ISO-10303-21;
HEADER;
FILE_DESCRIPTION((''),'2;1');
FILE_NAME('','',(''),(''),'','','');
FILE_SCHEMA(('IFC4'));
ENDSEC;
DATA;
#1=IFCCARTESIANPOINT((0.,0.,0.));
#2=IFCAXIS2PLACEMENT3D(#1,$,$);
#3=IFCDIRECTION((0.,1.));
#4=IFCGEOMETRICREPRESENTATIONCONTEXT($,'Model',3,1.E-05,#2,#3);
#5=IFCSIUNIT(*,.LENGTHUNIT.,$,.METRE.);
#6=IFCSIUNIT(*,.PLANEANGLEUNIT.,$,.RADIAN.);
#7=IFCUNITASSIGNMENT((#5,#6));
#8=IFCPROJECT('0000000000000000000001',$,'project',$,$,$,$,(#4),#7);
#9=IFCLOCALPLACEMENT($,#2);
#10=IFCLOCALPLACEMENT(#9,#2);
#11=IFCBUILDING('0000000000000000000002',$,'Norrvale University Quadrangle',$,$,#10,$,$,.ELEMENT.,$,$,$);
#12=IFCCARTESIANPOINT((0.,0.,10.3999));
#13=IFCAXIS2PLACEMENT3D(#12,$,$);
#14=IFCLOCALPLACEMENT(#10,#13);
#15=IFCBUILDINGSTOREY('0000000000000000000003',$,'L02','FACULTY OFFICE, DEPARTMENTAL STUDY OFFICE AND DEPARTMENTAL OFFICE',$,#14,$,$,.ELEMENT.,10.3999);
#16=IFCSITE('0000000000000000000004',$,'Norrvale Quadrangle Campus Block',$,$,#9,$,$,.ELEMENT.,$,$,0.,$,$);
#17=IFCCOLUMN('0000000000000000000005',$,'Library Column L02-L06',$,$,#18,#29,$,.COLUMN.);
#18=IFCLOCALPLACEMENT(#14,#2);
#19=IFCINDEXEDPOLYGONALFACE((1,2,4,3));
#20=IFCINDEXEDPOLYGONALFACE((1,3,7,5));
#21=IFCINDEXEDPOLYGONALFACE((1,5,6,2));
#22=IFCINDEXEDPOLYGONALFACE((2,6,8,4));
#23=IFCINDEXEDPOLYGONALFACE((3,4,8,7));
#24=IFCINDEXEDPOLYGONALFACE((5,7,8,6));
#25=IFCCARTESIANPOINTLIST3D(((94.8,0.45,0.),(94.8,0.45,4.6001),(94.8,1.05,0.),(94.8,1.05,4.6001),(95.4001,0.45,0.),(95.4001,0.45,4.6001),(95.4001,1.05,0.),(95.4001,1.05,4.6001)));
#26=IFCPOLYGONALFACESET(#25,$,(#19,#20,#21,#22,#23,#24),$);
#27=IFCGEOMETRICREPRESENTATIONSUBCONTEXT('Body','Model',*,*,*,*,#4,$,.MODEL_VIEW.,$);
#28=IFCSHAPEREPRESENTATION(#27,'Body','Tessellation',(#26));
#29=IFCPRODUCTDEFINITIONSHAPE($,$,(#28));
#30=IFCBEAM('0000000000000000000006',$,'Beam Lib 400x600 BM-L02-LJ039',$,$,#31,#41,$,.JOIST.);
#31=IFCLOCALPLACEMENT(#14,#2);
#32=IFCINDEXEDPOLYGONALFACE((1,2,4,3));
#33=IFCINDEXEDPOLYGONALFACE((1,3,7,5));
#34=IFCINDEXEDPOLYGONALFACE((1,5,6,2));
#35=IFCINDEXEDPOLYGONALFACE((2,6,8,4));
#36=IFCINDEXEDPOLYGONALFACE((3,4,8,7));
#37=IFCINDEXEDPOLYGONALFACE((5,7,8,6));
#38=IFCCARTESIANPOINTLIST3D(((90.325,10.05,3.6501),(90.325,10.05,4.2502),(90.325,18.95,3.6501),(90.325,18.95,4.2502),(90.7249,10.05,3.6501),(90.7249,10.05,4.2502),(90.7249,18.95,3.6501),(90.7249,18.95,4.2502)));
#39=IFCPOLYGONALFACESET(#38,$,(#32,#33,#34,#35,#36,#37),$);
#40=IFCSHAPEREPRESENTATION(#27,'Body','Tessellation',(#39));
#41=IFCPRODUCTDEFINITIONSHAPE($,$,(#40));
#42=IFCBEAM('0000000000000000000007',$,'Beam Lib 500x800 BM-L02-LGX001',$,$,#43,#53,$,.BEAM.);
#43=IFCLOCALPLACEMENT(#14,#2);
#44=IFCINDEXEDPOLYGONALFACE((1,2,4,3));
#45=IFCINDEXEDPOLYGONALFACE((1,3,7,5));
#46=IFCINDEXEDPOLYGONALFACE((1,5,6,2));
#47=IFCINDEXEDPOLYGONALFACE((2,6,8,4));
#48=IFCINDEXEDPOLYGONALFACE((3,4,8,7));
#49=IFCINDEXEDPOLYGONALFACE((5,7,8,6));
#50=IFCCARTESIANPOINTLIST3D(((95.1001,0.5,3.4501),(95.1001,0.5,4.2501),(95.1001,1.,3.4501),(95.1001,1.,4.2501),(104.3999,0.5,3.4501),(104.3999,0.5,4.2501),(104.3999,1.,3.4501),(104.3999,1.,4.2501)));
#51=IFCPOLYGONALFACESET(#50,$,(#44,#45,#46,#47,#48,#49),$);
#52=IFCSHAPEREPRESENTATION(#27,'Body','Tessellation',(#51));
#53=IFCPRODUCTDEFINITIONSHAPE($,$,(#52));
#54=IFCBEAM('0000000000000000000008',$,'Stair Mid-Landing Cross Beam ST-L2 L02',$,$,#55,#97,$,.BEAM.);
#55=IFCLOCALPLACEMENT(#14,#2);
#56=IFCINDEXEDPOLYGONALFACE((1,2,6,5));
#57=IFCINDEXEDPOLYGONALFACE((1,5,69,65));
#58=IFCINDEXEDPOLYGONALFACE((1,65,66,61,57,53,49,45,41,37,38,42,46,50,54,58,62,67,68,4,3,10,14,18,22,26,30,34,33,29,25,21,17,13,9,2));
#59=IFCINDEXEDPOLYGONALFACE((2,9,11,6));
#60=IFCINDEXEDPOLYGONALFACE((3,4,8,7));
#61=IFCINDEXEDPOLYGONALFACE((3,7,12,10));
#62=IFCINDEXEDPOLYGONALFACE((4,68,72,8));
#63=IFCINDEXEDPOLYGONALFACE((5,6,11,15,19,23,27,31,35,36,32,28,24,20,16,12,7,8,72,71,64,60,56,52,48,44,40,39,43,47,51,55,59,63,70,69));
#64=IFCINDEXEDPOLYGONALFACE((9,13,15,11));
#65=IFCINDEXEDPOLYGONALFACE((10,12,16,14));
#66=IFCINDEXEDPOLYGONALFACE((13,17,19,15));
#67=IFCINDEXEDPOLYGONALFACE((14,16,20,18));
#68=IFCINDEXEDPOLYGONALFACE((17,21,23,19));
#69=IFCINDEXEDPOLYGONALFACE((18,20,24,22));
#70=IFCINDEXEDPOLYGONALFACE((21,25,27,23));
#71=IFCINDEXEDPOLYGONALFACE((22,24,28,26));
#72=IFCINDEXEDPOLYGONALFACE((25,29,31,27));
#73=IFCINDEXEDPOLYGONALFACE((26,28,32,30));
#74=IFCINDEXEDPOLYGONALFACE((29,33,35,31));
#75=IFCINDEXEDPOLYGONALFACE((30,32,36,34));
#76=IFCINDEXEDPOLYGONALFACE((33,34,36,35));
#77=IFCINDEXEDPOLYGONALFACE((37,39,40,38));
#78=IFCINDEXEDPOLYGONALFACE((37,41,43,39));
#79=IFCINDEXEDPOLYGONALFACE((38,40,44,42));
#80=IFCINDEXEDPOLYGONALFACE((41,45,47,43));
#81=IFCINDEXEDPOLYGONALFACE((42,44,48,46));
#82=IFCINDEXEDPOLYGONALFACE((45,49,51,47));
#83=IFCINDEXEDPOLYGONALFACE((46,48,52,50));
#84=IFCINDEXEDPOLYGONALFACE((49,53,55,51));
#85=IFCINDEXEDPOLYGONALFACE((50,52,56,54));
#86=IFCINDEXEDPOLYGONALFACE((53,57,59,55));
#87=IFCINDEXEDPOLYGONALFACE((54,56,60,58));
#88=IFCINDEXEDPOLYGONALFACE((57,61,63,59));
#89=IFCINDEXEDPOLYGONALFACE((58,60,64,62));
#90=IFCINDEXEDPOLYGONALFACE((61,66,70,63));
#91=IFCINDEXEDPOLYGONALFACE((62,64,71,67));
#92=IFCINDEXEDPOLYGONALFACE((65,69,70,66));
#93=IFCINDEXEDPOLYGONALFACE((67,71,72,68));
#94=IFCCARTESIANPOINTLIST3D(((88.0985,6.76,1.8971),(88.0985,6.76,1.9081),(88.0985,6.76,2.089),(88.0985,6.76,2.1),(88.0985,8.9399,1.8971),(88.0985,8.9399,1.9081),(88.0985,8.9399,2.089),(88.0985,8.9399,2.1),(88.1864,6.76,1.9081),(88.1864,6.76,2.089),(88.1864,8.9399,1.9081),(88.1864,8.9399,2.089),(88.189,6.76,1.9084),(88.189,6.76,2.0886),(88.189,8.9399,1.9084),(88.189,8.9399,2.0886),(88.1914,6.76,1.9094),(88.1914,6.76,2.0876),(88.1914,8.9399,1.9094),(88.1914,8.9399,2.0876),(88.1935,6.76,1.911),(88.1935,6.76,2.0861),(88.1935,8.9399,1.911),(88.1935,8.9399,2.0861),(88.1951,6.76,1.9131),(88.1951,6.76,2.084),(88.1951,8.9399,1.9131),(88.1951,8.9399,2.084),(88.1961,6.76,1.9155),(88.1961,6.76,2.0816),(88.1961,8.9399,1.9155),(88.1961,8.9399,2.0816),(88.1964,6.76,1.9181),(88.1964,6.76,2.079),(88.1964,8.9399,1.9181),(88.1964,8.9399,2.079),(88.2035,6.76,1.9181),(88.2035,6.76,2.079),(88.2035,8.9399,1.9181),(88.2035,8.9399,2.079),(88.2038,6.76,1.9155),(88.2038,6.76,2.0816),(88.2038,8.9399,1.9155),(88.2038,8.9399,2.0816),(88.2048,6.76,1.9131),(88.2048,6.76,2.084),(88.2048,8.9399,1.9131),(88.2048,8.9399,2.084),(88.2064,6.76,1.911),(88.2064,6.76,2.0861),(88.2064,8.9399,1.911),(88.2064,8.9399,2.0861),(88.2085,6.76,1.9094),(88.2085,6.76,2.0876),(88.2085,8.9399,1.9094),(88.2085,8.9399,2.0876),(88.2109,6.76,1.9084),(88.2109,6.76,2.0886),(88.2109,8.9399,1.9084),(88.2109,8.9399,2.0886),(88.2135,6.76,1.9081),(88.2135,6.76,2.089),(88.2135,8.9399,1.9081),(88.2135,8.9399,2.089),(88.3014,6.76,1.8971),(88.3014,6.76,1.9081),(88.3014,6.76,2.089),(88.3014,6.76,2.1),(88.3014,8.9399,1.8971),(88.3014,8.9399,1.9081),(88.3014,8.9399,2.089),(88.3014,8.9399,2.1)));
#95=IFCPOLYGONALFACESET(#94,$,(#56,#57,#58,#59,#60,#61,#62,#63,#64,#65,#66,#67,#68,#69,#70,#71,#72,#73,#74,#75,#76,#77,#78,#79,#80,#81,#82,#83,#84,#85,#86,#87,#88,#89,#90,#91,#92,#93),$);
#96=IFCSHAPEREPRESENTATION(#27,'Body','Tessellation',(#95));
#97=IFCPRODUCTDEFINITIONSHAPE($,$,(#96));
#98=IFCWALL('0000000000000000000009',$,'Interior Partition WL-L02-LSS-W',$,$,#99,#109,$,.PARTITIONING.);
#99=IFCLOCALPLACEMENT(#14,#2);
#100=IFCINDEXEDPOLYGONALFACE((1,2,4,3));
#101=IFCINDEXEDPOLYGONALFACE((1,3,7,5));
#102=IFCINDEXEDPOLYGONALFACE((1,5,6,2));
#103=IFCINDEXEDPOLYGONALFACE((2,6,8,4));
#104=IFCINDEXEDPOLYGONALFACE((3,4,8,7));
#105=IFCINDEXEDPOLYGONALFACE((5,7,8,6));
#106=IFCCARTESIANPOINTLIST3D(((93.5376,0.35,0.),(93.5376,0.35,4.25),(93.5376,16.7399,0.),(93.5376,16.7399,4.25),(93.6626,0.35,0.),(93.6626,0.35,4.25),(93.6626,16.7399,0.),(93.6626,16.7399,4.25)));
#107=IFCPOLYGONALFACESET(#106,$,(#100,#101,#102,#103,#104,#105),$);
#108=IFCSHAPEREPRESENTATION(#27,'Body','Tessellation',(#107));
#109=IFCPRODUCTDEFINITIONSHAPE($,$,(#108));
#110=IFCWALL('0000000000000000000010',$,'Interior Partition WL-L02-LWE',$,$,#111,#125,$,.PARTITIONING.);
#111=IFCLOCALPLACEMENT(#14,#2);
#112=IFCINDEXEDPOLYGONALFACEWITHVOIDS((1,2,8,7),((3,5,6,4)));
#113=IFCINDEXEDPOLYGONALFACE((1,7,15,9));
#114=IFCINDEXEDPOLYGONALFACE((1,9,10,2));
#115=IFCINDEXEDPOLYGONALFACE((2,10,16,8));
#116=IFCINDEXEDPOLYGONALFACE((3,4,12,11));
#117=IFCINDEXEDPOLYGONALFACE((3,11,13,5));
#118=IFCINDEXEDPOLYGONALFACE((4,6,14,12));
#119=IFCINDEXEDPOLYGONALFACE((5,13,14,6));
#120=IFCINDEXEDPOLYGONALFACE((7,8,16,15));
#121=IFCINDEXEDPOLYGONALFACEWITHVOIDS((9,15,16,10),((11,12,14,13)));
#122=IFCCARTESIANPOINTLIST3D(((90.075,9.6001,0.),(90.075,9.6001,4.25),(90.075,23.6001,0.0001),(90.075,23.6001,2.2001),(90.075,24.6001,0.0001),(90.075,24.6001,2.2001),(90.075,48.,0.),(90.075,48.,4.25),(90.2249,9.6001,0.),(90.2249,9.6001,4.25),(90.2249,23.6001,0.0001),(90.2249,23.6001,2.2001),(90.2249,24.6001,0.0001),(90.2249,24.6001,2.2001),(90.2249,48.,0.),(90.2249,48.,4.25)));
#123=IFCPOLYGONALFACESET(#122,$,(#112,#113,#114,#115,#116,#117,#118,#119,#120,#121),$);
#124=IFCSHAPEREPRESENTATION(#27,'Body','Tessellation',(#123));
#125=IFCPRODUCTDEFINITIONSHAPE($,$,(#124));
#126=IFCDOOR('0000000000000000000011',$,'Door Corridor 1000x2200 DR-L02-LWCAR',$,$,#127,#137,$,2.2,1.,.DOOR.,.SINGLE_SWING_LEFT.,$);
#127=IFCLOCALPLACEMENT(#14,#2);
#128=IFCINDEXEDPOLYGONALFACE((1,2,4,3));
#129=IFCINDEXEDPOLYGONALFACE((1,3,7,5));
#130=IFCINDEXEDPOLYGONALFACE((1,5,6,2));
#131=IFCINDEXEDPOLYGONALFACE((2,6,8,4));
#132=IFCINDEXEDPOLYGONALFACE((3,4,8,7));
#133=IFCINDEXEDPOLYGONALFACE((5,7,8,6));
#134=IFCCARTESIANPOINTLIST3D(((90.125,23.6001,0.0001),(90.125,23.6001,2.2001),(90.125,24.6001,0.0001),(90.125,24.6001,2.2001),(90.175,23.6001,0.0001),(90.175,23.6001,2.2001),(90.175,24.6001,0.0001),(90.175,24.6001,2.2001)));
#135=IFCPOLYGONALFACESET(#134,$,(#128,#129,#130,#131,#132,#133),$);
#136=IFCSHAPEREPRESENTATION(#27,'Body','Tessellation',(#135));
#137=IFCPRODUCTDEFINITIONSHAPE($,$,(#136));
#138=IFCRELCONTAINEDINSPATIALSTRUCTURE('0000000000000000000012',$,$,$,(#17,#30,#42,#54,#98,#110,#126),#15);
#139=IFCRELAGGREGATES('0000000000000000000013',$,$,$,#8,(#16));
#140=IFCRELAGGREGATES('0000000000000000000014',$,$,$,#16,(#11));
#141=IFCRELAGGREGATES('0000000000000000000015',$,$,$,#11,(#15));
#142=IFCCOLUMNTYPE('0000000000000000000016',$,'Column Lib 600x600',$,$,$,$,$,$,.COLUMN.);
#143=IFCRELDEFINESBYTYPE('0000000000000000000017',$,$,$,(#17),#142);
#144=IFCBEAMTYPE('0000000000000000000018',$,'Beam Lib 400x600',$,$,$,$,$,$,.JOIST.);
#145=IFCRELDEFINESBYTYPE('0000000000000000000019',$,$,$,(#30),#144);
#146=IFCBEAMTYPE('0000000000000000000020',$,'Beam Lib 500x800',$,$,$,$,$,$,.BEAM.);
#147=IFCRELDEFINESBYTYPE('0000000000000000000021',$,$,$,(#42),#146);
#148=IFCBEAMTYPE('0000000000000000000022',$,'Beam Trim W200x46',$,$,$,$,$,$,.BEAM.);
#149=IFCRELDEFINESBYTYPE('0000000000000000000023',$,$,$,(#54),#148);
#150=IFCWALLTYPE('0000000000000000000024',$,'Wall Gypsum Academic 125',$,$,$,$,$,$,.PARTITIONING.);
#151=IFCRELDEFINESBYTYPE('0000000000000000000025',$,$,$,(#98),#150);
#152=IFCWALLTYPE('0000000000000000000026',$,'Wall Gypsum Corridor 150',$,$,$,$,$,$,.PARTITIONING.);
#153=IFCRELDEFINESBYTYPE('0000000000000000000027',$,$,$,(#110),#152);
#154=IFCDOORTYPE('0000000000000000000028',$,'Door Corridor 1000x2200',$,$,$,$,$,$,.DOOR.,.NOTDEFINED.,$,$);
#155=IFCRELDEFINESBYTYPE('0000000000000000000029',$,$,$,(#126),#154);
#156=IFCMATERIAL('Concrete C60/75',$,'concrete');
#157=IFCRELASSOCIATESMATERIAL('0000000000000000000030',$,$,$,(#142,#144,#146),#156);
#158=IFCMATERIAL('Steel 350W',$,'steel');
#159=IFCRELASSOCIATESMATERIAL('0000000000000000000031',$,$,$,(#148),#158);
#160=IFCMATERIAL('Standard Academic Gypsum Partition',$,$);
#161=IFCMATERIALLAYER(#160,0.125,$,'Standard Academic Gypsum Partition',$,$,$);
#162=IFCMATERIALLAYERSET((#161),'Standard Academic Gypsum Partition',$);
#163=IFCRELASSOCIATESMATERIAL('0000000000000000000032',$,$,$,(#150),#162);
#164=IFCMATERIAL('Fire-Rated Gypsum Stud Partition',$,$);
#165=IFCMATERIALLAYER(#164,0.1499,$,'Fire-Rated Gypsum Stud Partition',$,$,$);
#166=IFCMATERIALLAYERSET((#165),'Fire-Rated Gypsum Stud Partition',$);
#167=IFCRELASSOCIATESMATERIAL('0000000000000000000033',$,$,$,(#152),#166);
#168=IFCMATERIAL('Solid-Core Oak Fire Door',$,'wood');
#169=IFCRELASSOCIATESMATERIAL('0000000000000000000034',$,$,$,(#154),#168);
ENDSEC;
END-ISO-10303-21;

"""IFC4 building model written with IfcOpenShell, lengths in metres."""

from ifc_helpers import new_model, si_unit, direction, frame, frame_2d, origin, origin_2d, place, context, subcontext, project, spatial, rectangle, i_section, extrude, material, layer, layer_set, material_profile, profile_set, type_object, element, fill, save


model = new_model("IFC4")

# Units and contexts
model_context = context("Model", 3, precision=1e-05, world=origin(), true_north=direction((0.0, 1.0)))
body_context = subcontext(model_context, "Body", "Model", "MODEL_VIEW")
ifc_project = project(units=[si_unit("LENGTHUNIT", "METRE"), si_unit("PLANEANGLEUNIT", "RADIAN")], contexts=[model_context])

# Site, building, storey
site_placement = place(None, origin())
site = spatial("IfcSite", under=ifc_project, at=site_placement, Name="Norrvale Quadrangle Campus Block", CompositionType="ELEMENT", RefElevation=0.0)
building_placement = place(site_placement, origin())
building = spatial("IfcBuilding", under=site, at=building_placement, Name="Norrvale University Quadrangle", CompositionType="ELEMENT")
storey_placement = place(building_placement, frame((0.0, 0.0, 10.3999)))
storey = spatial("IfcBuildingStorey", under=building, at=storey_placement, Name="L02", Description="FACULTY OFFICE, DEPARTMENTAL STUDY OFFICE AND DEPARTMENTAL OFFICE", CompositionType="ELEMENT", Elevation=10.3999)

# Column
ifc_material_1 = material(Name="Concrete C60/75", Category="concrete")
ifc_material_profile_1 = material_profile(ifc_material_1, rectangle(XDim=0.6001, YDim=0.6001, at=origin_2d()), Name="Concrete C60/75")
ifc_profile_set_1 = profile_set([ifc_material_profile_1], Name="Concrete C60/75")
column_type = type_object("IfcColumnType", Name="Column Lib 600x600", PredefinedType="COLUMN", material=ifc_profile_set_1)
column_placement = place(storey_placement, frame((95.1001, 0.75, 0.0), z_axis=(0.0, 0.0, 1.0), x_axis=(1.0, 0.0, 0.0)))
element("IfcColumn", 1, at=column_placement, inside=storey, type_object=column_type, Name="Library Column L02-L06", PredefinedType="COLUMN", context=body_context, shape_type="SweptSolid", body=[
    extrude(rectangle(XDim=0.6001, YDim=0.6001, at=origin_2d()), origin(), (0.0, 0.0, 1.0), 4.6001),
])

# Beams
ifc_material_profile_2 = material_profile(ifc_material_1, rectangle(XDim=0.3999, YDim=0.6001, at=origin_2d()), Name="Concrete C60/75")
ifc_profile_set_2 = profile_set([ifc_material_profile_2], Name="Concrete C60/75")
beam_type_1 = type_object("IfcBeamType", Name="Beam Lib 400x600", PredefinedType="JOIST", material=ifc_profile_set_2)
beam_1_placement = place(storey_placement, frame((90.5249, 10.05, 3.9502), z_axis=(0.0, 1.0, 0.0), x_axis=(-1.0, 0.0, 0.0)))
element("IfcBeam", 2, at=beam_1_placement, inside=storey, type_object=beam_type_1, Name="Beam Lib 400x600 BM-L02-LJ039", PredefinedType="JOIST", context=body_context, shape_type="SweptSolid", body=[
    extrude(rectangle(XDim=0.3999, YDim=0.6001, at=origin_2d()), origin(), (0.0, 0.0, 1.0), 8.8999),
])
ifc_material_profile_3 = material_profile(ifc_material_1, rectangle(XDim=0.5, YDim=0.8, at=origin_2d()), Name="Concrete C60/75")
ifc_profile_set_3 = profile_set([ifc_material_profile_3], Name="Concrete C60/75")
beam_type_2 = type_object("IfcBeamType", Name="Beam Lib 500x800", PredefinedType="BEAM", material=ifc_profile_set_3)
beam_2_placement = place(storey_placement, frame((95.1001, 0.75, 3.8501), z_axis=(1.0, 0.0, 0.0), x_axis=(0.0, 1.0, 0.0)))
element("IfcBeam", 3, at=beam_2_placement, inside=storey, type_object=beam_type_2, Name="Beam Lib 500x800 BM-L02-LGX001", PredefinedType="BEAM", context=body_context, shape_type="SweptSolid", body=[
    extrude(rectangle(XDim=0.5, YDim=0.8, at=origin_2d()), origin(), (0.0, 0.0, 1.0), 9.2998),
])
ifc_material_2 = material(Name="Steel 350W", Category="steel")
ifc_material_profile_4 = material_profile(ifc_material_2, i_section(OverallWidth=0.2029, OverallDepth=0.2029, WebThickness=0.0071, FlangeThickness=0.011, FilletRadius=0.01, at=origin_2d()), Name="Steel 350W")
ifc_profile_set_4 = profile_set([ifc_material_profile_4], Name="Steel 350W")
beam_type_3 = type_object("IfcBeamType", Name="Beam Trim W200x46", PredefinedType="BEAM", material=ifc_profile_set_4)
beam_3_placement = place(storey_placement, frame((88.2, 6.76, 1.9985), z_axis=(0.0, 1.0, 0.0), x_axis=(-1.0, 0.0, 0.0)))
element("IfcBeam", 4, at=beam_3_placement, inside=storey, type_object=beam_type_3, Name="Stair Mid-Landing Cross Beam ST-L2 L02", PredefinedType="BEAM", context=body_context, shape_type="SweptSolid", body=[
    extrude(i_section(OverallWidth=0.2029, OverallDepth=0.2029, WebThickness=0.0071, FlangeThickness=0.011, FilletRadius=0.01, at=origin_2d()), origin(), (0.0, 0.0, 1.0), 2.1799),
])

# Wall
ifc_material_3 = material(Name="Standard Academic Gypsum Partition")
ifc_layer_1 = layer(ifc_material_3, 0.125, Name="Standard Academic Gypsum Partition")
ifc_layer_set_1 = layer_set([ifc_layer_1], Name="Standard Academic Gypsum Partition")
wall_type_1 = type_object("IfcWallType", Name="Wall Gypsum Academic 125", PredefinedType="PARTITIONING", material=ifc_layer_set_1)
wall_1_placement = place(storey_placement, frame((93.6001, 0.3501, 0.0), z_axis=(0.0, 0.0, 1.0), x_axis=(0.0, 1.0, 0.0)))
element("IfcWall", 5, at=wall_1_placement, inside=storey, type_object=wall_type_1, Name="Interior Partition WL-L02-LSS-W", PredefinedType="PARTITIONING", context=body_context, shape_type="SweptSolid", body=[
    extrude(rectangle(XDim=16.3899, YDim=0.125, at=frame_2d((8.1948, 0.0))), origin(), (0.0, 0.0, 1.0), 4.25),
])

# Wall, opening, door
ifc_material_4 = material(Name="Fire-Rated Gypsum Stud Partition")
ifc_layer_2 = layer(ifc_material_4, 0.1499, Name="Fire-Rated Gypsum Stud Partition")
ifc_layer_set_2 = layer_set([ifc_layer_2], Name="Fire-Rated Gypsum Stud Partition")
wall_type_2 = type_object("IfcWallType", Name="Wall Gypsum Corridor 150", PredefinedType="PARTITIONING", material=ifc_layer_set_2)
wall_2_placement = place(storey_placement, frame((90.1499, 9.6001, 0.0), z_axis=(0.0, 0.0, 1.0), x_axis=(0.0, 1.0, 0.0)))
wall_2 = element("IfcWall", 6, at=wall_2_placement, inside=storey, type_object=wall_type_2, Name="Interior Partition WL-L02-LWE", PredefinedType="PARTITIONING", context=body_context, shape_type="SweptSolid", body=[
    extrude(rectangle(XDim=38.3999, YDim=0.1499, at=frame_2d((19.2, 0.0))), origin(), (0.0, 0.0, 1.0), 4.25),
])
opening_1_placement = place(wall_2_placement, frame((14.0, 0.0, 0.0)))
opening_1 = element("IfcOpeningElement", 7, at=opening_1_placement, cuts=wall_2, PredefinedType="OPENING", context=body_context, shape_type="SweptSolid", body=[
    extrude(rectangle(XDim=1.0, YDim=2.2, at=frame_2d((0.5, 1.1001))), frame((0.0, 0.0869, 0.0), z_axis=(0.0, -1.0, 0.0), x_axis=(1.0, 0.0, 0.0)), (0.0, 0.0, 1.0), 0.1738),
])
ifc_material_5 = material(Name="Solid-Core Oak Fire Door", Category="wood")
door_type_1 = type_object("IfcDoorType", Name="Door Corridor 1000x2200", OperationType="NOTDEFINED", PredefinedType="DOOR", material=ifc_material_5)
door_1_placement = place(opening_1_placement, origin())
door_1 = element("IfcDoor", 8, at=door_1_placement, inside=storey, type_object=door_type_1, Name="Door Corridor 1000x2200 DR-L02-LWCAR", OperationType="SINGLE_SWING_LEFT", OverallHeight=2.2, OverallWidth=1.0, PredefinedType="DOOR", context=body_context, shape_type="SweptSolid", body=[
    extrude(rectangle(XDim=1.0, YDim=2.2, at=frame_2d((0.5, 1.1001))), frame((0.0, 0.0249, 0.0), z_axis=(0.0, -1.0, 0.0), x_axis=(1.0, 0.0, 0.0)), (0.0, 0.0, 1.0), 0.05),
])
fill(opening_1, door_1)

save(model, "model.ifc")
